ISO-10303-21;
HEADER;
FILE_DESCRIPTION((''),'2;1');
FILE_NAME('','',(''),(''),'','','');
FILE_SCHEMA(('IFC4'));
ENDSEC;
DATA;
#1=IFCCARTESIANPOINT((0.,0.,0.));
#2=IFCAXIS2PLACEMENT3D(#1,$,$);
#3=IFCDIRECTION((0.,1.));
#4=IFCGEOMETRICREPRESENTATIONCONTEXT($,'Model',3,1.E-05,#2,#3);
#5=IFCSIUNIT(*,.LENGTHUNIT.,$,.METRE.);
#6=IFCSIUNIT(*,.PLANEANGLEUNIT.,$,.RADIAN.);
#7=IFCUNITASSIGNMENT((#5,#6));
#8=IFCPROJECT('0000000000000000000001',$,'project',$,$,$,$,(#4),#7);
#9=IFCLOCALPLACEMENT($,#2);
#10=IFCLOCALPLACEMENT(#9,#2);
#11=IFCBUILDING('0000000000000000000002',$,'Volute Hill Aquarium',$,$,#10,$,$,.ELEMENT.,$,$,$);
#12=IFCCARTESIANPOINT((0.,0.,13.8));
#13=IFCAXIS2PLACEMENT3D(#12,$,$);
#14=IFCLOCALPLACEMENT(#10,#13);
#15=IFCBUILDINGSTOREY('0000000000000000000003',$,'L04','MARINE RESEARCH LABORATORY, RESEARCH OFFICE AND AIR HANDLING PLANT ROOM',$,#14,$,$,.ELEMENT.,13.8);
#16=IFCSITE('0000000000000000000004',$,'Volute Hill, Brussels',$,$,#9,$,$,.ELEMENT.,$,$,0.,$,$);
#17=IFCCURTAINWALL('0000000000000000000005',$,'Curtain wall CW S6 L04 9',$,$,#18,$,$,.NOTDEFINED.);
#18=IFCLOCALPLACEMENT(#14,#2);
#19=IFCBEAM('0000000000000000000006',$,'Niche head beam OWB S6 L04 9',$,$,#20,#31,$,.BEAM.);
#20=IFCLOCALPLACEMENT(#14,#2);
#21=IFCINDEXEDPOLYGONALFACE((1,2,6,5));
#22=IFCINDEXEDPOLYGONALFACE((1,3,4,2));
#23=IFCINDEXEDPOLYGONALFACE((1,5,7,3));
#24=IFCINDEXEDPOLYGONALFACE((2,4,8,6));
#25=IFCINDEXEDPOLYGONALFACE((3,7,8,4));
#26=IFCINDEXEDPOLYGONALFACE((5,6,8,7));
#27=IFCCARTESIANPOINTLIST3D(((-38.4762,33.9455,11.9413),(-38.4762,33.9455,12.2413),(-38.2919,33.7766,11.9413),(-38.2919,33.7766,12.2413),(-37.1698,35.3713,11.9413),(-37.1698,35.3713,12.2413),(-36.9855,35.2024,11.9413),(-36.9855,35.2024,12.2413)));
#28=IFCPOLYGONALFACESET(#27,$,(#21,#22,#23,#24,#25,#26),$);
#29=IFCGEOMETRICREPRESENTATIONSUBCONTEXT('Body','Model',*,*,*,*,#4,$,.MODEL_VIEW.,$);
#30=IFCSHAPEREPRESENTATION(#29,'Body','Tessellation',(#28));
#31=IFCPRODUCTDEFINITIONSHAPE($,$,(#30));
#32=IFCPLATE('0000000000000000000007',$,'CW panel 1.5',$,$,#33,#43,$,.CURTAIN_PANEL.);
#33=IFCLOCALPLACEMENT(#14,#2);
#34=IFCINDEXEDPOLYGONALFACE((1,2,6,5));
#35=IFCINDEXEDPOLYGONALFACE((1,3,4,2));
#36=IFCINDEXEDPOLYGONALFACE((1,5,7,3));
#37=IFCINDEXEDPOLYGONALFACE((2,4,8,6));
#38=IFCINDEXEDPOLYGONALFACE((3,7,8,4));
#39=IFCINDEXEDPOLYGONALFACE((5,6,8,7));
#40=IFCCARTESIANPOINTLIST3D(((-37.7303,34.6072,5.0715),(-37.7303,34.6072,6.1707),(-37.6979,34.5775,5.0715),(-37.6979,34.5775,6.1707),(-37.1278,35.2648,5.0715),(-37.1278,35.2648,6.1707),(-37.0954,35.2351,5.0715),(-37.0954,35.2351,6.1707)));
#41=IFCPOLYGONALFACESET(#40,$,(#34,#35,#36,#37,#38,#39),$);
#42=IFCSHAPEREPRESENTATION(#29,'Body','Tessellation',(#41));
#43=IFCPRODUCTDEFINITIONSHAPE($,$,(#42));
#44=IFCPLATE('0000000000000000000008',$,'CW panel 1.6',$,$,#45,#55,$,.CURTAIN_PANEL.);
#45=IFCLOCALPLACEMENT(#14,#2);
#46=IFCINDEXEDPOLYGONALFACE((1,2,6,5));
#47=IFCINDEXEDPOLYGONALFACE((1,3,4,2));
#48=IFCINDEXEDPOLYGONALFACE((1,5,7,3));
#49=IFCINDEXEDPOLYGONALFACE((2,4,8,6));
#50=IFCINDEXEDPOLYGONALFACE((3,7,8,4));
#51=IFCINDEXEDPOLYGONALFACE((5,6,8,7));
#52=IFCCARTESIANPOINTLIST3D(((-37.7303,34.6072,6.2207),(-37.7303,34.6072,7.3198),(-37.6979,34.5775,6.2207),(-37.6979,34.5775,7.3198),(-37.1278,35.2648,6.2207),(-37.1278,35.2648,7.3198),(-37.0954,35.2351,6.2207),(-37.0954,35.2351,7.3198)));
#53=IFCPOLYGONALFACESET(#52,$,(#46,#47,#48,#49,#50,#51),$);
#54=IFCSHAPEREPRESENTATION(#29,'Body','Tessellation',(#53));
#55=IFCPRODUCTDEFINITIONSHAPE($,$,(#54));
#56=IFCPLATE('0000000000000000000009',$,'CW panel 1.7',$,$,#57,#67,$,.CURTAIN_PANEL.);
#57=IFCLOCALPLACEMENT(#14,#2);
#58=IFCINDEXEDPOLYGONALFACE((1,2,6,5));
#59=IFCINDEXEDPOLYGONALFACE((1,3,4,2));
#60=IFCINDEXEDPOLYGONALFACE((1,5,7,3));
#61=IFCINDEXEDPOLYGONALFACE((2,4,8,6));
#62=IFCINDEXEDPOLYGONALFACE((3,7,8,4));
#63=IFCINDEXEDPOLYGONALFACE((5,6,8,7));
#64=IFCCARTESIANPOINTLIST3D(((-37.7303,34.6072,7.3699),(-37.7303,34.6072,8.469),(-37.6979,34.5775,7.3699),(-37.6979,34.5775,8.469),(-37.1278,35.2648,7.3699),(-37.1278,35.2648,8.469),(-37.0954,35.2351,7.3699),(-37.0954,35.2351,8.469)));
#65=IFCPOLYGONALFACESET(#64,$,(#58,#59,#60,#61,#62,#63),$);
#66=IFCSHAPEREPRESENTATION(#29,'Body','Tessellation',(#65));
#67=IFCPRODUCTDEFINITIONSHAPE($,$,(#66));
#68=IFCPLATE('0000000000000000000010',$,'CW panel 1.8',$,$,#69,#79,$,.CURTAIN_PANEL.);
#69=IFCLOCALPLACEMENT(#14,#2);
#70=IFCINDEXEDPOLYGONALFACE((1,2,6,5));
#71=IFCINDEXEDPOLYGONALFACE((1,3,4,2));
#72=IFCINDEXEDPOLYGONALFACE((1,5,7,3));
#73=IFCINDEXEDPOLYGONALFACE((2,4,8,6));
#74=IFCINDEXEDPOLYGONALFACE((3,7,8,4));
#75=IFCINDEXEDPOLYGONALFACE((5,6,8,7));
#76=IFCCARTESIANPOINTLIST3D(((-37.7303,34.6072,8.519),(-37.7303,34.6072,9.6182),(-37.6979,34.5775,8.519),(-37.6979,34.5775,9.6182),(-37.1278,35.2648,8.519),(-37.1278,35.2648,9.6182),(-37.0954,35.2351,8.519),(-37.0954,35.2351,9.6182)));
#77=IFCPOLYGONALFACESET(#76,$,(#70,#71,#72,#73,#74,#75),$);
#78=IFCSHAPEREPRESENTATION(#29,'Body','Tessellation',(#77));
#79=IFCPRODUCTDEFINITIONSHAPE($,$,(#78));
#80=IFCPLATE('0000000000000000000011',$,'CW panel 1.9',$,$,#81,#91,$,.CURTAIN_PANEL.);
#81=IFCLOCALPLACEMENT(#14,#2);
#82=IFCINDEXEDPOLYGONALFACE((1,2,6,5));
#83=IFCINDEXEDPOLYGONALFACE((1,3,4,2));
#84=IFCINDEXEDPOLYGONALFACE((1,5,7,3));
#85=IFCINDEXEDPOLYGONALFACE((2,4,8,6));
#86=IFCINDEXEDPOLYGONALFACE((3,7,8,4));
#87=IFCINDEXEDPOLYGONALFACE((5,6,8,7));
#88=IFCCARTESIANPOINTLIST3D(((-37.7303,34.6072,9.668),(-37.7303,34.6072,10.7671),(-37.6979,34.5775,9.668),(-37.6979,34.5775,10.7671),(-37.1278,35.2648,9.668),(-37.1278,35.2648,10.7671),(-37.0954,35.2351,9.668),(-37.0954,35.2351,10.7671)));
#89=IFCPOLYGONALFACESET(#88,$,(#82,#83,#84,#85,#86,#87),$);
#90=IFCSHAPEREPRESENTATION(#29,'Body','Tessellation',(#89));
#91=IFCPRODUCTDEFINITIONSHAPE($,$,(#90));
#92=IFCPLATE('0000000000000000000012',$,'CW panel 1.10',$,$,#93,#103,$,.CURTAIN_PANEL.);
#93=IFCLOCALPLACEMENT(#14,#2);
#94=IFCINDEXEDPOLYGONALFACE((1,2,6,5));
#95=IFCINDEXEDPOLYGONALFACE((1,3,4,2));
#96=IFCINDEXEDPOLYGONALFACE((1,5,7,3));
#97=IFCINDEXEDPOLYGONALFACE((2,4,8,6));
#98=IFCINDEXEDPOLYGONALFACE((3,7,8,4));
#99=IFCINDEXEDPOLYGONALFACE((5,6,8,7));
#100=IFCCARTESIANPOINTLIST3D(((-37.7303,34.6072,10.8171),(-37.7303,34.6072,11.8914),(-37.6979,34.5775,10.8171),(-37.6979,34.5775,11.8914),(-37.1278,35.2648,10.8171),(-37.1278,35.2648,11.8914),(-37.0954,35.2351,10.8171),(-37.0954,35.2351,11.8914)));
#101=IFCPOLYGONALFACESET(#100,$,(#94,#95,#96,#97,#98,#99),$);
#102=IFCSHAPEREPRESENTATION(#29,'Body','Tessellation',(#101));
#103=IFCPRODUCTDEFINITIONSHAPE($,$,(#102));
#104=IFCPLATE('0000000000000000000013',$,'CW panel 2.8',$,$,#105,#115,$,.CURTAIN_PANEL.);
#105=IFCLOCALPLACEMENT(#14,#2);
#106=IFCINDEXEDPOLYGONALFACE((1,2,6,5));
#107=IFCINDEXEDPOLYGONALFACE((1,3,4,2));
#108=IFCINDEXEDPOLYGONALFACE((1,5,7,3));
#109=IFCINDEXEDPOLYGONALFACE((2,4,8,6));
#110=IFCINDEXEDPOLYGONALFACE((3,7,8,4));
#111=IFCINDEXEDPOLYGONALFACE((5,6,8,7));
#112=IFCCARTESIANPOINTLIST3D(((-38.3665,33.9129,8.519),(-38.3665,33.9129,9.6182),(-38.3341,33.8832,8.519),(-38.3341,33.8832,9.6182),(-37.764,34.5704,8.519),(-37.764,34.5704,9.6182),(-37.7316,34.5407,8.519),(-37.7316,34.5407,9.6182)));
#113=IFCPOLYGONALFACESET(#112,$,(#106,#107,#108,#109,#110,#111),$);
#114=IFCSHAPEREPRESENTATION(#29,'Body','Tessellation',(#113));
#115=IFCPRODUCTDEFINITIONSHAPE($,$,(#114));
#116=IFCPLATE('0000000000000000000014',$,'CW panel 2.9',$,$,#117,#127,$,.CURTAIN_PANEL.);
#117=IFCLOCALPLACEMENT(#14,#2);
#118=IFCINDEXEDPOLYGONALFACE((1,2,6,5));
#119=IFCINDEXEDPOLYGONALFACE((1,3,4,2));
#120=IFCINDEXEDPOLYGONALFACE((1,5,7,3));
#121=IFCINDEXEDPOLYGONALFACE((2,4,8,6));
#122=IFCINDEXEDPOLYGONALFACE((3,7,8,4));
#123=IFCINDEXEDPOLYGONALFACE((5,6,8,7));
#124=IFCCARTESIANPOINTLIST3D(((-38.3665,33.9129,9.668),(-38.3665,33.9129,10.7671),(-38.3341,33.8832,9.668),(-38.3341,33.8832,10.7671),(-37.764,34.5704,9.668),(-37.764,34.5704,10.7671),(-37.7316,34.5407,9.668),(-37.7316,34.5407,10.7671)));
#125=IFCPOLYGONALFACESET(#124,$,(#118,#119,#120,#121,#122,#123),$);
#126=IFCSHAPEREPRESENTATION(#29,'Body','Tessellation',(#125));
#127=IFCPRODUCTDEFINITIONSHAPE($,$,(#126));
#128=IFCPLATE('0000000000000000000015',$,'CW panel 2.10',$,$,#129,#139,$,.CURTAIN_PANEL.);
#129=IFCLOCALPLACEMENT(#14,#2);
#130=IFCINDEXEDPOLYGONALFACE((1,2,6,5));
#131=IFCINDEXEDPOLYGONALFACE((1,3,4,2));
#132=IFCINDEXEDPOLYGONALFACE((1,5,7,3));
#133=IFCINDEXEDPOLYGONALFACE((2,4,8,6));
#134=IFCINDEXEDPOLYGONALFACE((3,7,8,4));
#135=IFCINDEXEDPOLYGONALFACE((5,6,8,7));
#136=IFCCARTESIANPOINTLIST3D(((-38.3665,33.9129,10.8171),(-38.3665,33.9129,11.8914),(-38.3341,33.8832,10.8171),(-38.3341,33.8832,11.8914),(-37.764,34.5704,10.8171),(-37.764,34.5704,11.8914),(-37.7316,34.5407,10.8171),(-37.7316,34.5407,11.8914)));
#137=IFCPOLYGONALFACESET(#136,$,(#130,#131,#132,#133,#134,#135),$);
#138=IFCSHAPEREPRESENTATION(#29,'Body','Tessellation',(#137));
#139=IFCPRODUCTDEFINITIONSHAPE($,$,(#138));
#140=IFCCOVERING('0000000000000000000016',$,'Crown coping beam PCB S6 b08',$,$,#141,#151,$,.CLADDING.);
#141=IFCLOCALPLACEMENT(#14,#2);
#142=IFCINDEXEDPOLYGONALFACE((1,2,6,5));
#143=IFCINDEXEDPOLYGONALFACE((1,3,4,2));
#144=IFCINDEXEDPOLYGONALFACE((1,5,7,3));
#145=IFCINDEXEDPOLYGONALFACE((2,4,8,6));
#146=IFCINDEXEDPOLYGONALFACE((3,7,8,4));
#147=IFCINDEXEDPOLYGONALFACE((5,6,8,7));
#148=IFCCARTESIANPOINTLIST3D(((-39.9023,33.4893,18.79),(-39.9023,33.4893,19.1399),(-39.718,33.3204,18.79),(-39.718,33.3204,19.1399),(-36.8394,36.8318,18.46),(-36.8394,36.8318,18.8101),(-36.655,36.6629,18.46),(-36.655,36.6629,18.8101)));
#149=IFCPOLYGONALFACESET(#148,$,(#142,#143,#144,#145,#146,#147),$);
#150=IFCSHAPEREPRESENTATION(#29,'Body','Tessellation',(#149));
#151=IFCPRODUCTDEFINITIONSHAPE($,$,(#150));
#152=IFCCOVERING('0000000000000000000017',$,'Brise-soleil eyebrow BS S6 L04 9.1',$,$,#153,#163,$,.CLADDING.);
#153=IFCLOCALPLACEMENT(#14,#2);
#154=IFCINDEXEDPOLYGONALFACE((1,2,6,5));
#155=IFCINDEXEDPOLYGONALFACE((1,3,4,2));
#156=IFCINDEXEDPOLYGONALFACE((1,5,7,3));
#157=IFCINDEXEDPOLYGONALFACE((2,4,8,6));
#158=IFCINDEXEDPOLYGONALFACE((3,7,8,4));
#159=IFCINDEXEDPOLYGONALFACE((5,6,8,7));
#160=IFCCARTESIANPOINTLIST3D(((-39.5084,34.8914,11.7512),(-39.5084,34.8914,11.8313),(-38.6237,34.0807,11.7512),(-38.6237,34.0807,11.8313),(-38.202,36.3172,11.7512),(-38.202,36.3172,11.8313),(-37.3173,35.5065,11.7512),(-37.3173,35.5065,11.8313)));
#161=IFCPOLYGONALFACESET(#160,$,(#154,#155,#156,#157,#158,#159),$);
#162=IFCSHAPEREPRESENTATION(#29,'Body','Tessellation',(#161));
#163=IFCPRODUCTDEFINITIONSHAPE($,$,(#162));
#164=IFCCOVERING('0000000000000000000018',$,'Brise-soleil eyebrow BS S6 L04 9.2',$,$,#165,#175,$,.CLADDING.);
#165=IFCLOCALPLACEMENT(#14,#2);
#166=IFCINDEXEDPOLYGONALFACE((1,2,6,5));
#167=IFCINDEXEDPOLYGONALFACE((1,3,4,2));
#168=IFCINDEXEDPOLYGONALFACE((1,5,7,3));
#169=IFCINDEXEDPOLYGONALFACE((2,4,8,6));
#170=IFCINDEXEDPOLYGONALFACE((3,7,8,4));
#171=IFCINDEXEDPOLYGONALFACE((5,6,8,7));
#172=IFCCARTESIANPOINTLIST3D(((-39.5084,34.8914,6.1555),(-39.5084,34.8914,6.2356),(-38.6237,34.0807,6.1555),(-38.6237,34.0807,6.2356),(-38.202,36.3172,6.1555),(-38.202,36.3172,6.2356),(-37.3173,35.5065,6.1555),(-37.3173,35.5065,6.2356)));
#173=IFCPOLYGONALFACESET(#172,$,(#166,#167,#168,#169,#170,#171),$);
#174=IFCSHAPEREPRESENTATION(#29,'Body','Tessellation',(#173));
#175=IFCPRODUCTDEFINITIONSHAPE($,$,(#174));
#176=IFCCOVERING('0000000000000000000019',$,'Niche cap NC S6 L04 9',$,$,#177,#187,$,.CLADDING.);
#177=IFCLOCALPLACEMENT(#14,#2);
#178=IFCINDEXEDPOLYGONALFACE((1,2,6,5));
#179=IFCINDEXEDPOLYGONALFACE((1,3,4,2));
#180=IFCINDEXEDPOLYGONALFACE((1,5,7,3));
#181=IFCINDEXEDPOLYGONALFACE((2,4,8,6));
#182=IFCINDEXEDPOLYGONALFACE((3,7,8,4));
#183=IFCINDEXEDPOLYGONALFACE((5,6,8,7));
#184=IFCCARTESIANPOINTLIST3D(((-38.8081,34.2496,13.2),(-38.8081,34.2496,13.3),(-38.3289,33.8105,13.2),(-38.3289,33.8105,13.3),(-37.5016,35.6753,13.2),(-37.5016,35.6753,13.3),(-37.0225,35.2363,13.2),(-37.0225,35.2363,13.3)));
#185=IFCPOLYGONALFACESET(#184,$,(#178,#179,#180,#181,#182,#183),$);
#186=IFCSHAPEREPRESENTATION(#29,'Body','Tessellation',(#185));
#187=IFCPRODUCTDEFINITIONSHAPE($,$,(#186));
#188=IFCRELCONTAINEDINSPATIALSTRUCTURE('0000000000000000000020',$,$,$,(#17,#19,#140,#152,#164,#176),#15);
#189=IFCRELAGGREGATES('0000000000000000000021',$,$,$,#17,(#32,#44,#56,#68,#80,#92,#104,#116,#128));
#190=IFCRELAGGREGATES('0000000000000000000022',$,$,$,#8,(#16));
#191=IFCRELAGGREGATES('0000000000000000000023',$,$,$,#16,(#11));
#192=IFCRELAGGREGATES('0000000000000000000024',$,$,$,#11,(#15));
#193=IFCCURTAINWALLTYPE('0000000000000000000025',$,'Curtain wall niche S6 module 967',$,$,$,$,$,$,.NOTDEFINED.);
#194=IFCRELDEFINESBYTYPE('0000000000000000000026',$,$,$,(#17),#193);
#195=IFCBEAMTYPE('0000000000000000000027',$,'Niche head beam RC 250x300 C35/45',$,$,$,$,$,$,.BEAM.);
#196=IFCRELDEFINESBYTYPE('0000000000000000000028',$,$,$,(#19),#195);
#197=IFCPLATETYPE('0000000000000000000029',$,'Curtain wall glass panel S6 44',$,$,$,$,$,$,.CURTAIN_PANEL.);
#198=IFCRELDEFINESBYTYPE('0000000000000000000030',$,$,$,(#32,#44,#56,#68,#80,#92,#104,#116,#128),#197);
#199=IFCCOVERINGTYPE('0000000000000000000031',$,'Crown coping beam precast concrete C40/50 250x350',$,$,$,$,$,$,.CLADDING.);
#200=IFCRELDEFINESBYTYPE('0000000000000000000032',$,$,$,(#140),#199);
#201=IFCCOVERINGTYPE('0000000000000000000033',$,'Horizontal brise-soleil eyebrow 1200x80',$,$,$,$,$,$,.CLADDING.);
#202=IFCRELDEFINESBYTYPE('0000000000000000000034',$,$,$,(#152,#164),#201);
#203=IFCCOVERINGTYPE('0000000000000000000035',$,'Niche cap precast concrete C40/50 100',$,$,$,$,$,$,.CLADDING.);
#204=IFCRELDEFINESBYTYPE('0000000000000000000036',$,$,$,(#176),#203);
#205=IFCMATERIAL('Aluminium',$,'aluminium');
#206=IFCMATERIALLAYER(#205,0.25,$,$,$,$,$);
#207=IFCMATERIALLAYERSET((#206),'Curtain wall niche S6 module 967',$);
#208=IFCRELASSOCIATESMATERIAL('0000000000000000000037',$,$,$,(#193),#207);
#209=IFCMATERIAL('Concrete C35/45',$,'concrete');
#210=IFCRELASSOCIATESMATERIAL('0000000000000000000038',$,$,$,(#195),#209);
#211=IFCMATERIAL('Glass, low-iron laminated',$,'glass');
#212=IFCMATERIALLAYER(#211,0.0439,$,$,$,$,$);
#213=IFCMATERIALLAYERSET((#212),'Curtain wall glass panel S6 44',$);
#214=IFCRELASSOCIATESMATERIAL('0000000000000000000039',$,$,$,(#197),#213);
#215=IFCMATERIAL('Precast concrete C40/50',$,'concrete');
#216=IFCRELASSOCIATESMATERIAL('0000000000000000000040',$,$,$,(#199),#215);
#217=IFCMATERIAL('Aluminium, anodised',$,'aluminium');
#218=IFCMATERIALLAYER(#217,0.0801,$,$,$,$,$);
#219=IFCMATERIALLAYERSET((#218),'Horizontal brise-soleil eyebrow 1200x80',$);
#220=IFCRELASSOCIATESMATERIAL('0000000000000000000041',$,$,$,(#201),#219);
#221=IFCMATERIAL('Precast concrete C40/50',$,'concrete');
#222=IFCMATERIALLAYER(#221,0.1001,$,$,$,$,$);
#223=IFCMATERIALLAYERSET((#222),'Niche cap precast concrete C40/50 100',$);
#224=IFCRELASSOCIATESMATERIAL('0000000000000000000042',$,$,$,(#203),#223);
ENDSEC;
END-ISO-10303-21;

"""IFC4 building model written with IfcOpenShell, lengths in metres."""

from ifc_helpers import new_model, si_unit, direction, frame, origin, origin_2d, place, context, subcontext, project, spatial, polyline, rectangle, outline, extrude, material, layer, layer_set, material_profile, profile_set, type_object, element, aggregate, save


model = new_model("IFC4")

# Units and contexts
model_context = context("Model", 3, precision=1e-05, world=origin(), true_north=direction((0.0, 1.0)))
body_context = subcontext(model_context, "Body", "Model", "MODEL_VIEW")
ifc_project = project(units=[si_unit("LENGTHUNIT", "METRE"), si_unit("PLANEANGLEUNIT", "RADIAN")], contexts=[model_context])

# Site, building, storey
site_placement = place(None, origin())
site = spatial("IfcSite", under=ifc_project, at=site_placement, Name="Volute Hill, Brussels", CompositionType="ELEMENT", RefElevation=0.0)
building_placement = place(site_placement, origin())
building = spatial("IfcBuilding", under=site, at=building_placement, Name="Volute Hill Aquarium", CompositionType="ELEMENT")
storey_placement = place(building_placement, frame((0.0, 0.0, 13.8)))
storey = spatial("IfcBuildingStorey", under=building, at=storey_placement, Name="L04", Description="MARINE RESEARCH LABORATORY, RESEARCH OFFICE AND AIR HANDLING PLANT ROOM", CompositionType="ELEMENT", Elevation=13.8)

# Curtain wall
ifc_material_1 = material(Name="Aluminium", Category="aluminium")
ifc_layer_1 = layer(ifc_material_1, 0.25)
ifc_layer_set_1 = layer_set([ifc_layer_1], Name="Curtain wall niche S6 module 967")
curtain_wall_type = type_object("IfcCurtainWallType", Name="Curtain wall niche S6 module 967", PredefinedType="NOTDEFINED", material=ifc_layer_set_1)
curtain_wall_placement = place(storey_placement, origin())
curtain_wall = element("IfcCurtainWall", 1, at=curtain_wall_placement, inside=storey, type_object=curtain_wall_type, Name="Curtain wall CW S6 L04 9", PredefinedType="NOTDEFINED")

# Beam
ifc_material_2 = material(Name="Concrete C35/45", Category="concrete")
ifc_material_profile_1 = material_profile(ifc_material_2, rectangle(XDim=0.25, YDim=0.3, at=origin_2d()), Name="RC beam 250x300")
ifc_profile_set_1 = profile_set([ifc_material_profile_1], Name="Concrete C35/45")
beam_type_1 = type_object("IfcBeamType", Name="Niche head beam RC 250x300 C35/45", PredefinedType="BEAM", material=ifc_profile_set_1)
beam_1_placement = place(storey_placement, frame((-37.0776, 35.2869, 12.0913), z_axis=(-0.675565, -0.737301, 0.0), x_axis=(0.737301, -0.675565, 0.0)))
element("IfcBeam", 2, at=beam_1_placement, inside=storey, type_object=beam_type_1, Name="Niche head beam OWB S6 L04 9", PredefinedType="BEAM", context=body_context, shape_type="SweptSolid", body=[
    extrude(rectangle(XDim=0.25, YDim=0.3, at=origin_2d()), origin(), (0.0, 0.0, 1.0), 1.9338),
])

# Plates
ifc_material_3 = material(Name="Glass, low-iron laminated", Category="glass")
ifc_layer_2 = layer(ifc_material_3, 0.0439)
ifc_layer_set_2 = layer_set([ifc_layer_2], Name="Curtain wall glass panel S6 44")
plate_type = type_object("IfcPlateType", Name="Curtain wall glass panel S6 44", PredefinedType="CURTAIN_PANEL", material=ifc_layer_set_2)
plate_1_placement = place(storey_placement, frame((-37.4128, 34.9211, 5.0715), z_axis=(0.0, 0.0, 1.0), x_axis=(-0.675582, -0.737285, 0.0)))
plate_1 = element("IfcPlate", 3, at=plate_1_placement, type_object=plate_type, Name="CW panel 1.5", PredefinedType="CURTAIN_PANEL", context=body_context, shape_type="SweptSolid", body=[
    extrude(rectangle(XDim=0.8918, YDim=0.0439, at=origin_2d()), origin(), (0.0, 0.0, 1.0), 1.0991),
])
plate_2_placement = place(storey_placement, frame((-37.4128, 34.9211, 6.2207), z_axis=(0.0, 0.0, 1.0), x_axis=(-0.675582, -0.737285, 0.0)))
plate_2 = element("IfcPlate", 4, at=plate_2_placement, type_object=plate_type, Name="CW panel 1.6", PredefinedType="CURTAIN_PANEL", context=body_context, shape_type="SweptSolid", body=[
    extrude(rectangle(XDim=0.8918, YDim=0.0439, at=origin_2d()), origin(), (0.0, 0.0, 1.0), 1.0991),
])
plate_3_placement = place(storey_placement, frame((-37.4128, 34.9211, 7.3699), z_axis=(0.0, 0.0, 1.0), x_axis=(-0.675582, -0.737285, 0.0)))
plate_3 = element("IfcPlate", 5, at=plate_3_placement, type_object=plate_type, Name="CW panel 1.7", PredefinedType="CURTAIN_PANEL", context=body_context, shape_type="SweptSolid", body=[
    extrude(rectangle(XDim=0.8918, YDim=0.0439, at=origin_2d()), origin(), (0.0, 0.0, 1.0), 1.0991),
])
plate_4_placement = place(storey_placement, frame((-37.4128, 34.9211, 8.519), z_axis=(0.0, 0.0, 1.0), x_axis=(-0.675582, -0.737285, 0.0)))
plate_4 = element("IfcPlate", 6, at=plate_4_placement, type_object=plate_type, Name="CW panel 1.8", PredefinedType="CURTAIN_PANEL", context=body_context, shape_type="SweptSolid", body=[
    extrude(rectangle(XDim=0.8918, YDim=0.0439, at=origin_2d()), origin(), (0.0, 0.0, 1.0), 1.0991),
])
plate_5_placement = place(storey_placement, frame((-37.4128, 34.9211, 9.668), z_axis=(0.0, 0.0, 1.0), x_axis=(-0.675582, -0.737285, 0.0)))
plate_5 = element("IfcPlate", 7, at=plate_5_placement, type_object=plate_type, Name="CW panel 1.9", PredefinedType="CURTAIN_PANEL", context=body_context, shape_type="SweptSolid", body=[
    extrude(rectangle(XDim=0.8918, YDim=0.0439, at=origin_2d()), origin(), (0.0, 0.0, 1.0), 1.0991),
])
plate_6_placement = place(storey_placement, frame((-37.4128, 34.9211, 10.8171), z_axis=(0.0, 0.0, 1.0), x_axis=(-0.675582, -0.737285, 0.0)))
plate_6 = element("IfcPlate", 8, at=plate_6_placement, type_object=plate_type, Name="CW panel 1.10", PredefinedType="CURTAIN_PANEL", context=body_context, shape_type="SweptSolid", body=[
    extrude(rectangle(XDim=0.8918, YDim=0.0439, at=origin_2d()), origin(), (0.0, 0.0, 1.0), 1.0742),
])
plate_7_placement = place(storey_placement, frame((-38.0491, 34.2268, 8.519), z_axis=(0.0, 0.0, 1.0), x_axis=(-0.675582, -0.737285, 0.0)))
plate_7 = element("IfcPlate", 9, at=plate_7_placement, type_object=plate_type, Name="CW panel 2.8", PredefinedType="CURTAIN_PANEL", context=body_context, shape_type="SweptSolid", body=[
    extrude(rectangle(XDim=0.8918, YDim=0.0439, at=origin_2d()), origin(), (0.0, 0.0, 1.0), 1.0991),
])
plate_8_placement = place(storey_placement, frame((-38.0491, 34.2268, 9.668), z_axis=(0.0, 0.0, 1.0), x_axis=(-0.675582, -0.737285, 0.0)))
plate_8 = element("IfcPlate", 10, at=plate_8_placement, type_object=plate_type, Name="CW panel 2.9", PredefinedType="CURTAIN_PANEL", context=body_context, shape_type="SweptSolid", body=[
    extrude(rectangle(XDim=0.8918, YDim=0.0439, at=origin_2d()), origin(), (0.0, 0.0, 1.0), 1.0991),
])
plate_9_placement = place(storey_placement, frame((-38.0491, 34.2268, 10.8171), z_axis=(0.0, 0.0, 1.0), x_axis=(-0.675582, -0.737285, 0.0)))
plate_9 = element("IfcPlate", 11, at=plate_9_placement, type_object=plate_type, Name="CW panel 2.10", PredefinedType="CURTAIN_PANEL", context=body_context, shape_type="SweptSolid", body=[
    extrude(rectangle(XDim=0.8918, YDim=0.0439, at=origin_2d()), origin(), (0.0, 0.0, 1.0), 1.0742),
])
aggregate(curtain_wall, [plate_1, plate_2, plate_3, plate_4, plate_5, plate_6, plate_7, plate_8, plate_9])

# Coverings
ifc_material_4 = material(Name="Precast concrete C40/50", Category="concrete")
covering_type_1 = type_object("IfcCoveringType", Name="Crown coping beam precast concrete C40/50 250x350", PredefinedType="CLADDING", material=ifc_material_4)
covering_1_placement = place(storey_placement, frame((-36.8394, 36.8318, 18.46), z_axis=(-0.737264, 0.675605, 0.0), x_axis=(-0.673822, -0.735317, 0.072613)))
element("IfcCovering", 12, at=covering_1_placement, inside=storey, type_object=covering_type_1, Name="Crown coping beam PCB S6 b08", PredefinedType="CLADDING", context=body_context, shape_type="SweptSolid", body=[
    extrude(outline(polyline([(0.0, 0.0), (4.5457, 0.0), (4.5711, 0.3489), (0.0254, 0.3492), (0.0, 0.0)])), origin(), (0.0, 0.0, -1.0), 0.25),
])
ifc_material_5 = material(Name="Aluminium, anodised", Category="aluminium")
ifc_layer_3 = layer(ifc_material_5, 0.0801)
ifc_layer_set_3 = layer_set([ifc_layer_3], Name="Horizontal brise-soleil eyebrow 1200x80")
covering_type_2 = type_object("IfcCoveringType", Name="Horizontal brise-soleil eyebrow 1200x80", PredefinedType="CLADDING", material=ifc_layer_set_3)
for number, where, z_axis, x_axis, name in (
    (13, (-38.4128, 35.199, 11.7512), (0.0, 0.0, 1.0), (-0.675581, -0.737286, 0.0), "Brise-soleil eyebrow BS S6 L04 9.1"),
    (14, (-38.4128, 35.199, 6.1555), (0.0, 0.0, 1.0), (-0.675581, -0.737286, 0.0), "Brise-soleil eyebrow BS S6 L04 9.2"),
):
    element("IfcCovering", number, at=place(storey_placement, frame(where, z_axis=z_axis, x_axis=x_axis)), inside=storey, type_object=covering_type_2, Name=name, PredefinedType="CLADDING", context=body_context, shape_type="SweptSolid", body=[
        extrude(rectangle(XDim=1.9338, YDim=1.2, at=origin_2d()), origin(), (0.0, 0.0, 1.0), 0.0801),
    ])
ifc_material_6 = material(Name="Precast concrete C40/50", Category="concrete")
ifc_layer_4 = layer(ifc_material_6, 0.1001)
ifc_layer_set_4 = layer_set([ifc_layer_4], Name="Niche cap precast concrete C40/50 100")
covering_type_3 = type_object("IfcCoveringType", Name="Niche cap precast concrete C40/50 100", PredefinedType="CLADDING", material=ifc_layer_set_4)
covering_2_placement = place(storey_placement, frame((-37.9153, 34.7429, 13.2), z_axis=(0.0, 0.0, 1.0), x_axis=(-0.675581, -0.737286, 0.0)))
element("IfcCovering", 15, at=covering_2_placement, inside=storey, type_object=covering_type_3, Name="Niche cap NC S6 L04 9", PredefinedType="CLADDING", context=body_context, shape_type="SweptSolid", body=[
    extrude(rectangle(XDim=1.9338, YDim=0.6499, at=origin_2d()), origin(), (0.0, 0.0, 1.0), 0.1001),
])

save(model, "model.ifc")
